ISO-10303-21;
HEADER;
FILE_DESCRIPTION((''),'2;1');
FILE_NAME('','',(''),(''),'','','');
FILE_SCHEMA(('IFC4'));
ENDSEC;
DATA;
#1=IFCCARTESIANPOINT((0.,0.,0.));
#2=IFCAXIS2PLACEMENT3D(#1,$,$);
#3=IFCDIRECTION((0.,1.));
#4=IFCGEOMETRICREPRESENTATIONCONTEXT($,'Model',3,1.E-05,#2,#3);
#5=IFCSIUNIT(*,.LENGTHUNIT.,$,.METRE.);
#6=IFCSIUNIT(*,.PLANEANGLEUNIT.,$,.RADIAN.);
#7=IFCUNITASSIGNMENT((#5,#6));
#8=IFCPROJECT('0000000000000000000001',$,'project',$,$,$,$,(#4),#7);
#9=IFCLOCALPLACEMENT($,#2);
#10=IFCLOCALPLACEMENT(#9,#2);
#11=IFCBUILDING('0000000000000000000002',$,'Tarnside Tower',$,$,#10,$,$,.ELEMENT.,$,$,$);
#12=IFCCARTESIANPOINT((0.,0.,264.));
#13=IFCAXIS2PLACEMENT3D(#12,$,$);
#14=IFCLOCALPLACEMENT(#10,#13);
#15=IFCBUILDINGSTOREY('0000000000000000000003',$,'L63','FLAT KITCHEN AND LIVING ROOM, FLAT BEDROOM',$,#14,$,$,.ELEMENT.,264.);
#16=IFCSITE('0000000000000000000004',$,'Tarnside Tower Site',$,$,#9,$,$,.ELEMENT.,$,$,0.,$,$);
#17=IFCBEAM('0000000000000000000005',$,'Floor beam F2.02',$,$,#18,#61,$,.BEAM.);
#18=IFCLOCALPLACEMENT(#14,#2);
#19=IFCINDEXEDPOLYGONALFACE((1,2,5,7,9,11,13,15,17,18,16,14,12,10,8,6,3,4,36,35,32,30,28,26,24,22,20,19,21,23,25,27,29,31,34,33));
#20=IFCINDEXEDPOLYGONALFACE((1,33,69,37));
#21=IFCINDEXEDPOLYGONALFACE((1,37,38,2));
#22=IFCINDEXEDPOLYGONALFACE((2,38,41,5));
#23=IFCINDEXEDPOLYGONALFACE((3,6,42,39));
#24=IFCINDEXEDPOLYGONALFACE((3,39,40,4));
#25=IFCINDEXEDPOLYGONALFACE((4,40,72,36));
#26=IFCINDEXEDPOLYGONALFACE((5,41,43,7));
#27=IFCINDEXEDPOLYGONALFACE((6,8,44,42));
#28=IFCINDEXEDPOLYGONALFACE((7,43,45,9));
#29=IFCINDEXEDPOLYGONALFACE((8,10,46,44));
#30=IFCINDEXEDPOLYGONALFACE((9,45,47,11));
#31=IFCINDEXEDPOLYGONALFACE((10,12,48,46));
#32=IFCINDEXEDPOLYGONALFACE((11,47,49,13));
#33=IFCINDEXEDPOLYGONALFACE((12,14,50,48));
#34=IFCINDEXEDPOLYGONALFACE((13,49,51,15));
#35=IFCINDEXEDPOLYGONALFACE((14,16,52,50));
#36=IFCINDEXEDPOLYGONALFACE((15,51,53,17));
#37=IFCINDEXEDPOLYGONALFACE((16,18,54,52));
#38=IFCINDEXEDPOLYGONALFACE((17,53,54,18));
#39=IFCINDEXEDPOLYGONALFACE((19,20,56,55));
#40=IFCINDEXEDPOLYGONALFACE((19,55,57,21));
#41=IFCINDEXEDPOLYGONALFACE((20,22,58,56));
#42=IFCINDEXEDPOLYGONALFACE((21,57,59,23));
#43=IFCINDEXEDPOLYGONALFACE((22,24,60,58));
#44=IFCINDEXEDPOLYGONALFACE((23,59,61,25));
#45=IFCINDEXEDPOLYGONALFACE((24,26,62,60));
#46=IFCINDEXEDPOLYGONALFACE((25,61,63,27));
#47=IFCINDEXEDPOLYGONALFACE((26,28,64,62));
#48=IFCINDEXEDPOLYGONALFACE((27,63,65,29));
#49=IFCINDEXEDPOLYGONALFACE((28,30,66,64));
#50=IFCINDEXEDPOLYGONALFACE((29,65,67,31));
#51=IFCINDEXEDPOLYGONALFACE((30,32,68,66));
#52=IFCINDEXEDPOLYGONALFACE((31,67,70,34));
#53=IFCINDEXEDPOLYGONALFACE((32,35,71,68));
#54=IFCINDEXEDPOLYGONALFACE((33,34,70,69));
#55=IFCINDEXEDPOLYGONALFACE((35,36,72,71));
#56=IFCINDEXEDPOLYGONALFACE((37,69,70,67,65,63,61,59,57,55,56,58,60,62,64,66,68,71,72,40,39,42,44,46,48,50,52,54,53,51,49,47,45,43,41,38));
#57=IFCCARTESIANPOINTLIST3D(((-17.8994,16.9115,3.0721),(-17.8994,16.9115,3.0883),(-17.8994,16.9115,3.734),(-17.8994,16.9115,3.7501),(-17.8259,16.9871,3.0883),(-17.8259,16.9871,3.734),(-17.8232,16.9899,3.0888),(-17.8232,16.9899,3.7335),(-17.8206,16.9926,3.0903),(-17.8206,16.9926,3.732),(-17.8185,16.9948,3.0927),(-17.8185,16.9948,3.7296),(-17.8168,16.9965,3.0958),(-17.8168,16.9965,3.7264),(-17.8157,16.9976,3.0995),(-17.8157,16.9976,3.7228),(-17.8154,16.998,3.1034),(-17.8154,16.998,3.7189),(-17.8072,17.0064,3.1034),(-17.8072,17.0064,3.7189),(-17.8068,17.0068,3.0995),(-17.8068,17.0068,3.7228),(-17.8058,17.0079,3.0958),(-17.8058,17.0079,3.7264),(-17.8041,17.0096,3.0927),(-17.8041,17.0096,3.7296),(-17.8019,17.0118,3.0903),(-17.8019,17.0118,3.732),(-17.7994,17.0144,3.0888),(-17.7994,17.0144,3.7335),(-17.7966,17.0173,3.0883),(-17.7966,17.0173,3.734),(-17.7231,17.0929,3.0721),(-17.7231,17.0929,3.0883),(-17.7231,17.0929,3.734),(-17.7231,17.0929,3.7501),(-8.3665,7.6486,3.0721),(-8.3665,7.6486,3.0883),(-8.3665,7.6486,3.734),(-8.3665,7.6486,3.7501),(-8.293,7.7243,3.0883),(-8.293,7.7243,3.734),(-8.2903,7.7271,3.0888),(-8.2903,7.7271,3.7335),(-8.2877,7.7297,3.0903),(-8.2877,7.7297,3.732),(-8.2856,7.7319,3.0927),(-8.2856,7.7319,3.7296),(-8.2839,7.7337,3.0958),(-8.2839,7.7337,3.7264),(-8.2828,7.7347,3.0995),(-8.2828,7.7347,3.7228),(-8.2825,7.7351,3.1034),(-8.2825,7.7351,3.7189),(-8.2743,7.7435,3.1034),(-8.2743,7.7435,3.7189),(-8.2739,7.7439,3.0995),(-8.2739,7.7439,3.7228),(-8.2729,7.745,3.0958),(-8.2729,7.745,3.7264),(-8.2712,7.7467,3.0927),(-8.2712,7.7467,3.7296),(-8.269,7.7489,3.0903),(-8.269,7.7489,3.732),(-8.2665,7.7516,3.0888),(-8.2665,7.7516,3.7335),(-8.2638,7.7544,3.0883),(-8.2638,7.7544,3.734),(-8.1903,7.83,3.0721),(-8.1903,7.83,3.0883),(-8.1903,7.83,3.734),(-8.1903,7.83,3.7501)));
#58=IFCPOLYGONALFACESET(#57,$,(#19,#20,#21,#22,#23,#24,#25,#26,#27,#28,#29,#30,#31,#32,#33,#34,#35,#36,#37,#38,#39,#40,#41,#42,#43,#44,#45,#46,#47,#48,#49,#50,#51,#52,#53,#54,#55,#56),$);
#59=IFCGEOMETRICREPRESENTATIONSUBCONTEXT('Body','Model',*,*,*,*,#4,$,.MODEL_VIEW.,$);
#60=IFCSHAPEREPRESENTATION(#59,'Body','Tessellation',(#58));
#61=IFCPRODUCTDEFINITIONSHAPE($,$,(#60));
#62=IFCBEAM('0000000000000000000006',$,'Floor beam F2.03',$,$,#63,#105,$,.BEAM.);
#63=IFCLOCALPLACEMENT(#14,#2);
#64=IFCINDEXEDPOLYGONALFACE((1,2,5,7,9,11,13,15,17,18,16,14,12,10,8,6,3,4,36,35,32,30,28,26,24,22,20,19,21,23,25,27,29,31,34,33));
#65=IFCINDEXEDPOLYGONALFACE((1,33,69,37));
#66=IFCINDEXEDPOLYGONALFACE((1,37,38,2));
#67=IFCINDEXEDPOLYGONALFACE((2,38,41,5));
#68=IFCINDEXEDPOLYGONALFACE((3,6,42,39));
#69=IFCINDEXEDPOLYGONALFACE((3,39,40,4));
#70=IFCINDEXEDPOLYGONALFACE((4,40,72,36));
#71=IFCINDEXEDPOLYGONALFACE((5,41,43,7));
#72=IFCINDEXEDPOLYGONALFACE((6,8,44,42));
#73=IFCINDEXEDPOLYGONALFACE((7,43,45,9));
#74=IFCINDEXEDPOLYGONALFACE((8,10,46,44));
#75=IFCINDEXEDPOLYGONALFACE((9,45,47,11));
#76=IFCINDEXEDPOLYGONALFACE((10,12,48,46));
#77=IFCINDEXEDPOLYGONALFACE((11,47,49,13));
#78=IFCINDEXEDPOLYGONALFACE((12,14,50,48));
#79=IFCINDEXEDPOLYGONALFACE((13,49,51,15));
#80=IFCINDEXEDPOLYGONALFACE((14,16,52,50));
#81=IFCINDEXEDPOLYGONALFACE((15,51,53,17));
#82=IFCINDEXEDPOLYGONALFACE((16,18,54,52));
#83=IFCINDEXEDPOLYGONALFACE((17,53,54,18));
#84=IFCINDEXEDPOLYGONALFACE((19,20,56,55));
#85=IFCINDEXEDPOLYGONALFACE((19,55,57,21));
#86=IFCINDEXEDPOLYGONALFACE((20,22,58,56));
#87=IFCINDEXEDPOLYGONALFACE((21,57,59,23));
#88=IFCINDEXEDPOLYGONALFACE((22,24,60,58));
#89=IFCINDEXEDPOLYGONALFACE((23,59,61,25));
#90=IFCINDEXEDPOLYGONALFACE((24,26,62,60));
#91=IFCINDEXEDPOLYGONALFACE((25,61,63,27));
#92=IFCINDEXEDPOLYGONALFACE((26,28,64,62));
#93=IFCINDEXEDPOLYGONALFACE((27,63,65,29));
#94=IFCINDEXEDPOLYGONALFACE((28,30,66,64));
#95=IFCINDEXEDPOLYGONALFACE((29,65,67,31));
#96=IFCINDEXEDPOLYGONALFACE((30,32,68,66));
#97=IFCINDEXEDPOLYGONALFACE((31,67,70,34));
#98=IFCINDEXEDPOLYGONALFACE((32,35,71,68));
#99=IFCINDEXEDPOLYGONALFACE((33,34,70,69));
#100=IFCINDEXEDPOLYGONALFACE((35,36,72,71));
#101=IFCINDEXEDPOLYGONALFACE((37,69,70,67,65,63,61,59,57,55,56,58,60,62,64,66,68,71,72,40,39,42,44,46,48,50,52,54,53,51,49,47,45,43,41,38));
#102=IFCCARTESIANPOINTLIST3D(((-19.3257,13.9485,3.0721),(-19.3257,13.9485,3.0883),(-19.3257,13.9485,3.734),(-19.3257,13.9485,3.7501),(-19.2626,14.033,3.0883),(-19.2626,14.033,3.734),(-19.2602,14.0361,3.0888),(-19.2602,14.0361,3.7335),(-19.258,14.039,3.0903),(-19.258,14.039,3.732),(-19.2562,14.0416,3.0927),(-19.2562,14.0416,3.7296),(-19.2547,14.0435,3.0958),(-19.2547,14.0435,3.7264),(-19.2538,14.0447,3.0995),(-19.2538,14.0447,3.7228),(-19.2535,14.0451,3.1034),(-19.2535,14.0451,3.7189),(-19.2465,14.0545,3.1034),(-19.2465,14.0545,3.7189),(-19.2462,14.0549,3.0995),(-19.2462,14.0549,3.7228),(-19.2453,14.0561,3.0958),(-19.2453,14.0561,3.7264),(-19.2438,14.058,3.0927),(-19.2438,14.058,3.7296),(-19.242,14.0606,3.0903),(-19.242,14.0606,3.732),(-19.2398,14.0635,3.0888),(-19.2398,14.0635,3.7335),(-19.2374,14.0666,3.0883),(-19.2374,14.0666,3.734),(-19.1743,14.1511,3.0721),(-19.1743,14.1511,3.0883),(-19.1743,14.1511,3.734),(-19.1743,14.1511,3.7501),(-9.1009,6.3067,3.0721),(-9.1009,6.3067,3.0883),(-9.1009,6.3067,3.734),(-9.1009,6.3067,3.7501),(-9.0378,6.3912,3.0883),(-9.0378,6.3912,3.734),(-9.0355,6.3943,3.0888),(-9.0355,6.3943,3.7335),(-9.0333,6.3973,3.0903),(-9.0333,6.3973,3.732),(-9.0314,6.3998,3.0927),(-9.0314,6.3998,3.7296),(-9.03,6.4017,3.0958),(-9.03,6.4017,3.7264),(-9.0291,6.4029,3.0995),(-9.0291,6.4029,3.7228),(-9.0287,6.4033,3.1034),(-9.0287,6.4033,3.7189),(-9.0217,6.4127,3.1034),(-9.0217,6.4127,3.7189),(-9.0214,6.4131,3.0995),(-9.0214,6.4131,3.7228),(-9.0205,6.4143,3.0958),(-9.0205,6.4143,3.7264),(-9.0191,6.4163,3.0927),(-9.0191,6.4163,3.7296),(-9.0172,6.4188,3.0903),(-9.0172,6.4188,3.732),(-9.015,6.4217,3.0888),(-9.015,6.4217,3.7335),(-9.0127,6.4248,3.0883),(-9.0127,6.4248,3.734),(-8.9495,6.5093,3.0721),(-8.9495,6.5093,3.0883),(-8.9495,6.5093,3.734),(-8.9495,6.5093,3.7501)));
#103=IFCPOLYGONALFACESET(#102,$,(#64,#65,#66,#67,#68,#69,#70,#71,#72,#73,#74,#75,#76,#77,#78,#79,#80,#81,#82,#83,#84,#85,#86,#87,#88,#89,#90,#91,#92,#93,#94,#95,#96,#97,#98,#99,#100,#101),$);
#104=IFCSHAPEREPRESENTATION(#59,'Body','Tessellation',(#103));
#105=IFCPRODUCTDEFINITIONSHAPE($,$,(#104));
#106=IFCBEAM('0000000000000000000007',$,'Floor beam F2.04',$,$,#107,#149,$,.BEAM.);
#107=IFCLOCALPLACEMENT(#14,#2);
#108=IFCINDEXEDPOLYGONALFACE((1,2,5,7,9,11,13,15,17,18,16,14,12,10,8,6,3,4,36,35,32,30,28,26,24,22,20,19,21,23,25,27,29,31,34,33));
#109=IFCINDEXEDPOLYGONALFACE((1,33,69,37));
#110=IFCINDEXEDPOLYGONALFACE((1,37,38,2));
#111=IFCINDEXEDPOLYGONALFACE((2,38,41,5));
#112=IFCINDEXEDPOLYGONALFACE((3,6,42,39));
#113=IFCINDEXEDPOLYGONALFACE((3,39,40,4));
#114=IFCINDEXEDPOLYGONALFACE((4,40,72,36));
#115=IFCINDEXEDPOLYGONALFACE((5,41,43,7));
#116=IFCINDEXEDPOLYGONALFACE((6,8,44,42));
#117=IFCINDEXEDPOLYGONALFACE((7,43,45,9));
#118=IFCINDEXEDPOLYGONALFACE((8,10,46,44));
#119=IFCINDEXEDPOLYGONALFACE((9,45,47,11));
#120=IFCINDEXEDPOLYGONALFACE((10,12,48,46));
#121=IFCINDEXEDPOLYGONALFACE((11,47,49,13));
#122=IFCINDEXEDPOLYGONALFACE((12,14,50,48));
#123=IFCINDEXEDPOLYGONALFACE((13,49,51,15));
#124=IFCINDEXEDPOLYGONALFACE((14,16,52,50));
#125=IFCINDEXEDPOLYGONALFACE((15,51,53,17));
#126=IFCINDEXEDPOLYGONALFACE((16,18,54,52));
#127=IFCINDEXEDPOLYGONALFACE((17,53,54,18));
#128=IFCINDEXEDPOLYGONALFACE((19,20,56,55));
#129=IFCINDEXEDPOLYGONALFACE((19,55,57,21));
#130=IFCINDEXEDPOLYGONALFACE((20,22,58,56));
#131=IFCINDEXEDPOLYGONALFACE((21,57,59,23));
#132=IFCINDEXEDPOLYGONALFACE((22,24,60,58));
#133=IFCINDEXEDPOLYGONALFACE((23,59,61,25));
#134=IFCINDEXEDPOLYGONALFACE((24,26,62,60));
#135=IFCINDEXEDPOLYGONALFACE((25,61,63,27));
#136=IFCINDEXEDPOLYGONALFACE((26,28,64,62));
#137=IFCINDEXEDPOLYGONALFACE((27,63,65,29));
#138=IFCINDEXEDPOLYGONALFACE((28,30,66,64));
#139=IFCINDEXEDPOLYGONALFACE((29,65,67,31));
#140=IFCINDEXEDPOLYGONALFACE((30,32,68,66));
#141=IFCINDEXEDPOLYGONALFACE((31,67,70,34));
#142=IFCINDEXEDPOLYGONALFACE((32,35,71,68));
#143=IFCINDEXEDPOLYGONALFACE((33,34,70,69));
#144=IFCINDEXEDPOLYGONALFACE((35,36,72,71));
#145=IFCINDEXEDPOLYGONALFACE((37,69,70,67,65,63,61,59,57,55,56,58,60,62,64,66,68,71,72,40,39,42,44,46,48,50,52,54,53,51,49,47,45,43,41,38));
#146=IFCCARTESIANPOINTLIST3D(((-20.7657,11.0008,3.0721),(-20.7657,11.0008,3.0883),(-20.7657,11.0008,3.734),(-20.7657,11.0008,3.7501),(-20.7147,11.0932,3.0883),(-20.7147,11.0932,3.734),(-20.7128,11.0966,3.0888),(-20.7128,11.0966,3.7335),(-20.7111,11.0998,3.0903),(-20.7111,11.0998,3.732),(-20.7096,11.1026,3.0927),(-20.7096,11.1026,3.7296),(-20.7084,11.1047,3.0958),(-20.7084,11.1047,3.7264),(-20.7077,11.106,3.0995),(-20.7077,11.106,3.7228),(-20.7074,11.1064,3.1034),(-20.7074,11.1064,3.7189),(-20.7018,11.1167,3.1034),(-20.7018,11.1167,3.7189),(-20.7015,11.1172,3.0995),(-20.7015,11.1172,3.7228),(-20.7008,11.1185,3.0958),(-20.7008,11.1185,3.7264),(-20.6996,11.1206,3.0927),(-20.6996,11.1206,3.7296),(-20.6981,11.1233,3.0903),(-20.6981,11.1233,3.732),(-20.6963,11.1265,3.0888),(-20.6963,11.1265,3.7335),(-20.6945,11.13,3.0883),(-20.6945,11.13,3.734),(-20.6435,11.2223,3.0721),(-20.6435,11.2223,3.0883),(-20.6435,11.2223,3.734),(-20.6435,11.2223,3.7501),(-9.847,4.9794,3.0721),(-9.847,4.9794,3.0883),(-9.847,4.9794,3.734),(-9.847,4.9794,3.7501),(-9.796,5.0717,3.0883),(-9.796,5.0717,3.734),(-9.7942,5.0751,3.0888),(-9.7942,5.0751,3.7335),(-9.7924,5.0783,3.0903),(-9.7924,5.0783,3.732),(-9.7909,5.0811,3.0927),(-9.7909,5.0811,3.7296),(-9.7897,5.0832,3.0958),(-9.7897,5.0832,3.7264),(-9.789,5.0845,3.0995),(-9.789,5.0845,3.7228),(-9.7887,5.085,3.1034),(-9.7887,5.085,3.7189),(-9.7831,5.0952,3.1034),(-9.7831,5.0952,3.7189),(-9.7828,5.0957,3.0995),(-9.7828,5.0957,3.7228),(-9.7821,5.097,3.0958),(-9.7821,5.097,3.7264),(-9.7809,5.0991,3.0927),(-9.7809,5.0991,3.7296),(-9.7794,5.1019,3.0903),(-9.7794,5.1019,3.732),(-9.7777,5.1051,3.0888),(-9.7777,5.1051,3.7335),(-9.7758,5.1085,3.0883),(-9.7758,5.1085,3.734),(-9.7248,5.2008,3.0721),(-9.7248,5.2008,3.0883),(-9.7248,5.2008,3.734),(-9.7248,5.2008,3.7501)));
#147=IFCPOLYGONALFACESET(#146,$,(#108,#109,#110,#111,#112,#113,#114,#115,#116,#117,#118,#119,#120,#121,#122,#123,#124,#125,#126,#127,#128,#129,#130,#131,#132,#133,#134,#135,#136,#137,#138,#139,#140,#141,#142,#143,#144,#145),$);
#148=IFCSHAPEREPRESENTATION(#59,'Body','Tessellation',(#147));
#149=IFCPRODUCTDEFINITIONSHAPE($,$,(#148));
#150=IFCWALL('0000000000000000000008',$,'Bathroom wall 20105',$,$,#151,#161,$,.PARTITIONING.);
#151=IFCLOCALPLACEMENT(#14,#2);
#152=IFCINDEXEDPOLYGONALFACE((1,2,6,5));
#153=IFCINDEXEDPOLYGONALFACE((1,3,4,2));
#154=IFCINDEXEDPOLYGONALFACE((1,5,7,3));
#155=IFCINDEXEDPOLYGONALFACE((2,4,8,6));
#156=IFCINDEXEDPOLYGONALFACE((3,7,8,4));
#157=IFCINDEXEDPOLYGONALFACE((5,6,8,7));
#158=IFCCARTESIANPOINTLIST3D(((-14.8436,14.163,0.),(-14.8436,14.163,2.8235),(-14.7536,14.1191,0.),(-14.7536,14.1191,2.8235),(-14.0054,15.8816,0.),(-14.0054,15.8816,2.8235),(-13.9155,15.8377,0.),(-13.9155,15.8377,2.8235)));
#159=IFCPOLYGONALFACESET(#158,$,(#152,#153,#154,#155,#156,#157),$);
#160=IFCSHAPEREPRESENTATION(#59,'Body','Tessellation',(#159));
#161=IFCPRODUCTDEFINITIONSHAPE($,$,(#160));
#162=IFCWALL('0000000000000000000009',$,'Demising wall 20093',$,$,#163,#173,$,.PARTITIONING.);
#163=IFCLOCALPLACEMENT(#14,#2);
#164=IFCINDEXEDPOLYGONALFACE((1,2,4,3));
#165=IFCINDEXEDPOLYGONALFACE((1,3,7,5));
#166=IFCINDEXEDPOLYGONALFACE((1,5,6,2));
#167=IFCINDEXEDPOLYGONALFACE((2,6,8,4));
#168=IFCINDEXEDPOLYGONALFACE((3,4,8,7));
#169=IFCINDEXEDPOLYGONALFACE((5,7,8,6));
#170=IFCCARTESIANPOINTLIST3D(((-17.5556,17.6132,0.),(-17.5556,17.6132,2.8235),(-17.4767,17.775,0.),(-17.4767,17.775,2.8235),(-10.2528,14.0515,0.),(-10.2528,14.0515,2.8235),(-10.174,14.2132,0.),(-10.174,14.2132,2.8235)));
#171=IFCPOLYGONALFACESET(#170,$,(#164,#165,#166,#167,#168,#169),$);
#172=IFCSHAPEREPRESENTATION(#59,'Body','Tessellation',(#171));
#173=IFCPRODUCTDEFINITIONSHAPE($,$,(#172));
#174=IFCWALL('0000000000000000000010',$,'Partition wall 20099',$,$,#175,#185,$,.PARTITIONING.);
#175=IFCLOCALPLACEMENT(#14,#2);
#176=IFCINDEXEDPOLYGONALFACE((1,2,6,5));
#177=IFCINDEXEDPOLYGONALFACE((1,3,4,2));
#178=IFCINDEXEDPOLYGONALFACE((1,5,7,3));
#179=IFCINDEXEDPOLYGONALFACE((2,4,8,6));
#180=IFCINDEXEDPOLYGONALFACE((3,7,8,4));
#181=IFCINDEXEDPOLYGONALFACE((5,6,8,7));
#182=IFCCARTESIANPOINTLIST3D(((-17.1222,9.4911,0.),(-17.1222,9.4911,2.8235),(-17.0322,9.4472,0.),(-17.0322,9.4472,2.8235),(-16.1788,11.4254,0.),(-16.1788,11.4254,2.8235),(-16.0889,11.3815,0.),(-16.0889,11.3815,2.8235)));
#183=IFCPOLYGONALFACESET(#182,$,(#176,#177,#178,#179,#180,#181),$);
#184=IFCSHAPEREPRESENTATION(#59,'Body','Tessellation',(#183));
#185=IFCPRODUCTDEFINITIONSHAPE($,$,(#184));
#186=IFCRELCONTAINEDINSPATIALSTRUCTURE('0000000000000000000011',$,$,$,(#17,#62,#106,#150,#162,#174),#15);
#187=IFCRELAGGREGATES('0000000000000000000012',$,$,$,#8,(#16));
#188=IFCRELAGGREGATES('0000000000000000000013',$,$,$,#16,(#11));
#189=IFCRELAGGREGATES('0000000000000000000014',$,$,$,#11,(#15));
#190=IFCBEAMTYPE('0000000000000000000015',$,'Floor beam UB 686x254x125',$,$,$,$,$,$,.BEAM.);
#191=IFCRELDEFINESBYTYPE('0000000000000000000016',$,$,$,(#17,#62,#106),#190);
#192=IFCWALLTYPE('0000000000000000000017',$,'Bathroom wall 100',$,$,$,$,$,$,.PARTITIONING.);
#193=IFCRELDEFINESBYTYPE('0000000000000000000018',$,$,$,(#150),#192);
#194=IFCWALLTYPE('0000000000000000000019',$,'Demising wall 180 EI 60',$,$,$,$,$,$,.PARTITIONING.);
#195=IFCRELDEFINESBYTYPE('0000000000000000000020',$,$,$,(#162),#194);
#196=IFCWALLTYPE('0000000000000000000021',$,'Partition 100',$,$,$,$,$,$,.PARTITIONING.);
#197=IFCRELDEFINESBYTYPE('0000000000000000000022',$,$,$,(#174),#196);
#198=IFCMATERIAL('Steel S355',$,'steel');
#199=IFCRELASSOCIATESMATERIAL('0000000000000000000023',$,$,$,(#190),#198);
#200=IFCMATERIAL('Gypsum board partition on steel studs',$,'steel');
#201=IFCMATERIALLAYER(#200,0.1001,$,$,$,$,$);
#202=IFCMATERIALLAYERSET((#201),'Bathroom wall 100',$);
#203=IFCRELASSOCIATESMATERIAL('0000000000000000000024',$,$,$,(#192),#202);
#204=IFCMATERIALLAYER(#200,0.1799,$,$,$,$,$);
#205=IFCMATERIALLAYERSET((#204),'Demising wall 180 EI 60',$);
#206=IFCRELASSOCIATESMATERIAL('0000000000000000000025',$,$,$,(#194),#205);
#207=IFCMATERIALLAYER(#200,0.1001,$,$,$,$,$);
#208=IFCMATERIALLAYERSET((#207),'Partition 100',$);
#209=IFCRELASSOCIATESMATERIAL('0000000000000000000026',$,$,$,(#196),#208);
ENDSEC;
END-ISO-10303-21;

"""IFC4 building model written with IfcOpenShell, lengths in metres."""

from ifc_helpers import new_model, si_unit, direction, frame, frame_2d, origin, origin_2d, place, context, subcontext, project, spatial, rectangle, i_section, extrude, material, layer, layer_set, material_profile, profile_set, type_object, element, save


model = new_model("IFC4")

# Units and contexts
model_context = context("Model", 3, precision=1e-05, world=origin(), true_north=direction((0.0, 1.0)))
body_context = subcontext(model_context, "Body", "Model", "MODEL_VIEW")
ifc_project = project(units=[si_unit("LENGTHUNIT", "METRE"), si_unit("PLANEANGLEUNIT", "RADIAN")], contexts=[model_context])

# Site, building, storey
site_placement = place(None, origin())
site = spatial("IfcSite", under=ifc_project, at=site_placement, Name="Tarnside Tower Site", CompositionType="ELEMENT", RefElevation=0.0)
building_placement = place(site_placement, origin())
building = spatial("IfcBuilding", under=site, at=building_placement, Name="Tarnside Tower", CompositionType="ELEMENT")
storey_placement = place(building_placement, frame((0.0, 0.0, 264.0)))
storey = spatial("IfcBuildingStorey", under=building, at=storey_placement, Name="L63", Description="FLAT KITCHEN AND LIVING ROOM, FLAT BEDROOM", CompositionType="ELEMENT", Elevation=264.0)

# Beams
ifc_material_1 = material(Name="Steel S355", Category="steel")
ifc_material_profile = material_profile(ifc_material_1, i_section(OverallWidth=0.2529, OverallDepth=0.678, WebThickness=0.0117, FlangeThickness=0.0161, FilletRadius=0.0151, at=origin_2d()), Name="UB 686x254x125")
ifc_profile_set = profile_set([ifc_material_profile], Name="Steel S355")
beam_type = type_object("IfcBeamType", Name="Floor beam UB 686x254x125", PredefinedType="BEAM", material=ifc_profile_set)
beam_1_placement = place(storey_placement, frame((-17.8113, 17.0022, 3.4111), z_axis=(0.717191, -0.696877, 0.0), x_axis=(0.696877, 0.717191, 0.0)))
element("IfcBeam", 1, at=beam_1_placement, inside=storey, type_object=beam_type, Name="Floor beam F2.02", PredefinedType="BEAM", context=body_context, shape_type="SweptSolid", body=[
    extrude(i_section(OverallWidth=0.2529, OverallDepth=0.678, WebThickness=0.0117, FlangeThickness=0.0161, FilletRadius=0.0151, at=origin_2d()), origin(), (0.0, 0.0, 1.0), 13.292),
])
beam_2_placement = place(storey_placement, frame((-19.25, 14.0498, 3.4111), z_axis=(0.801006, -0.598656, 0.0), x_axis=(0.598656, 0.801006, 0.0)))
element("IfcBeam", 2, at=beam_2_placement, inside=storey, type_object=beam_type, Name="Floor beam F2.03", PredefinedType="BEAM", context=body_context, shape_type="SweptSolid", body=[
    extrude(i_section(OverallWidth=0.2529, OverallDepth=0.678, WebThickness=0.0117, FlangeThickness=0.0161, FilletRadius=0.0151, at=origin_2d()), origin(), (0.0, 0.0, 1.0), 12.7649),
])
beam_3_placement = place(storey_placement, frame((-20.7046, 11.1116, 3.4111), z_axis=(0.875667, -0.482916, 0.0), x_axis=(0.482916, 0.875667, 0.0)))
element("IfcBeam", 3, at=beam_3_placement, inside=storey, type_object=beam_type, Name="Floor beam F2.04", PredefinedType="BEAM", context=body_context, shape_type="SweptSolid", body=[
    extrude(i_section(OverallWidth=0.2529, OverallDepth=0.678, WebThickness=0.0117, FlangeThickness=0.0161, FilletRadius=0.0151, at=origin_2d()), origin(), (0.0, 0.0, 1.0), 12.469),
])

# Walls
ifc_material_2 = material(Name="Gypsum board partition on steel studs", Category="steel")
ifc_layer_1 = layer(ifc_material_2, 0.1001)
ifc_layer_set_1 = layer_set([ifc_layer_1], Name="Bathroom wall 100")
wall_type_1 = type_object("IfcWallType", Name="Bathroom wall 100", PredefinedType="PARTITIONING", material=ifc_layer_set_1)
wall_1_placement = place(storey_placement, frame((-13.9604, 15.8596, 0.0), z_axis=(0.0, 0.0, 1.0), x_axis=(-0.438356, -0.898802, 0.0)))
element("IfcWall", 4, at=wall_1_placement, inside=storey, type_object=wall_type_1, Name="Bathroom wall 20105", PredefinedType="PARTITIONING", context=body_context, shape_type="SweptSolid", body=[
    extrude(rectangle(XDim=1.9121, YDim=0.1001, at=frame_2d((0.9561, 0.0))), origin(), (0.0, 0.0, 1.0), 2.8235),
])
ifc_layer_2 = layer(ifc_material_2, 0.1799)
ifc_layer_set_2 = layer_set([ifc_layer_2], Name="Demising wall 180 EI 60")
wall_type_2 = type_object("IfcWallType", Name="Demising wall 180 EI 60", PredefinedType="PARTITIONING", material=ifc_layer_set_2)
wall_2_placement = place(storey_placement, frame((-17.5161, 17.6941, 0.0), z_axis=(0.0, 0.0, 1.0), x_axis=(0.898795, -0.43837, 0.0)))
element("IfcWall", 5, at=wall_2_placement, inside=storey, type_object=wall_type_2, Name="Demising wall 20093", PredefinedType="PARTITIONING", context=body_context, shape_type="SweptSolid", body=[
    extrude(rectangle(XDim=8.125, YDim=0.1799, at=frame_2d((4.0625, 0.0))), origin(), (0.0, 0.0, 1.0), 2.8235),
])
ifc_layer_3 = layer(ifc_material_2, 0.1001)
ifc_layer_set_3 = layer_set([ifc_layer_3], Name="Partition 100")
wall_type_3 = type_object("IfcWallType", Name="Partition 100", PredefinedType="PARTITIONING", material=ifc_layer_set_3)
wall_3_placement = place(storey_placement, frame((-16.1338, 11.4036, 0.0), z_axis=(0.0, 0.0, 1.0), x_axis=(-0.438343, -0.898808, 0.0)))
element("IfcWall", 6, at=wall_3_placement, inside=storey, type_object=wall_type_3, Name="Partition wall 20099", PredefinedType="PARTITIONING", context=body_context, shape_type="SweptSolid", body=[
    extrude(rectangle(XDim=2.1521, YDim=0.1001, at=frame_2d((1.0762, 0.0))), origin(), (0.0, 0.0, 1.0), 2.8235),
])

save(model, "model.ifc")
